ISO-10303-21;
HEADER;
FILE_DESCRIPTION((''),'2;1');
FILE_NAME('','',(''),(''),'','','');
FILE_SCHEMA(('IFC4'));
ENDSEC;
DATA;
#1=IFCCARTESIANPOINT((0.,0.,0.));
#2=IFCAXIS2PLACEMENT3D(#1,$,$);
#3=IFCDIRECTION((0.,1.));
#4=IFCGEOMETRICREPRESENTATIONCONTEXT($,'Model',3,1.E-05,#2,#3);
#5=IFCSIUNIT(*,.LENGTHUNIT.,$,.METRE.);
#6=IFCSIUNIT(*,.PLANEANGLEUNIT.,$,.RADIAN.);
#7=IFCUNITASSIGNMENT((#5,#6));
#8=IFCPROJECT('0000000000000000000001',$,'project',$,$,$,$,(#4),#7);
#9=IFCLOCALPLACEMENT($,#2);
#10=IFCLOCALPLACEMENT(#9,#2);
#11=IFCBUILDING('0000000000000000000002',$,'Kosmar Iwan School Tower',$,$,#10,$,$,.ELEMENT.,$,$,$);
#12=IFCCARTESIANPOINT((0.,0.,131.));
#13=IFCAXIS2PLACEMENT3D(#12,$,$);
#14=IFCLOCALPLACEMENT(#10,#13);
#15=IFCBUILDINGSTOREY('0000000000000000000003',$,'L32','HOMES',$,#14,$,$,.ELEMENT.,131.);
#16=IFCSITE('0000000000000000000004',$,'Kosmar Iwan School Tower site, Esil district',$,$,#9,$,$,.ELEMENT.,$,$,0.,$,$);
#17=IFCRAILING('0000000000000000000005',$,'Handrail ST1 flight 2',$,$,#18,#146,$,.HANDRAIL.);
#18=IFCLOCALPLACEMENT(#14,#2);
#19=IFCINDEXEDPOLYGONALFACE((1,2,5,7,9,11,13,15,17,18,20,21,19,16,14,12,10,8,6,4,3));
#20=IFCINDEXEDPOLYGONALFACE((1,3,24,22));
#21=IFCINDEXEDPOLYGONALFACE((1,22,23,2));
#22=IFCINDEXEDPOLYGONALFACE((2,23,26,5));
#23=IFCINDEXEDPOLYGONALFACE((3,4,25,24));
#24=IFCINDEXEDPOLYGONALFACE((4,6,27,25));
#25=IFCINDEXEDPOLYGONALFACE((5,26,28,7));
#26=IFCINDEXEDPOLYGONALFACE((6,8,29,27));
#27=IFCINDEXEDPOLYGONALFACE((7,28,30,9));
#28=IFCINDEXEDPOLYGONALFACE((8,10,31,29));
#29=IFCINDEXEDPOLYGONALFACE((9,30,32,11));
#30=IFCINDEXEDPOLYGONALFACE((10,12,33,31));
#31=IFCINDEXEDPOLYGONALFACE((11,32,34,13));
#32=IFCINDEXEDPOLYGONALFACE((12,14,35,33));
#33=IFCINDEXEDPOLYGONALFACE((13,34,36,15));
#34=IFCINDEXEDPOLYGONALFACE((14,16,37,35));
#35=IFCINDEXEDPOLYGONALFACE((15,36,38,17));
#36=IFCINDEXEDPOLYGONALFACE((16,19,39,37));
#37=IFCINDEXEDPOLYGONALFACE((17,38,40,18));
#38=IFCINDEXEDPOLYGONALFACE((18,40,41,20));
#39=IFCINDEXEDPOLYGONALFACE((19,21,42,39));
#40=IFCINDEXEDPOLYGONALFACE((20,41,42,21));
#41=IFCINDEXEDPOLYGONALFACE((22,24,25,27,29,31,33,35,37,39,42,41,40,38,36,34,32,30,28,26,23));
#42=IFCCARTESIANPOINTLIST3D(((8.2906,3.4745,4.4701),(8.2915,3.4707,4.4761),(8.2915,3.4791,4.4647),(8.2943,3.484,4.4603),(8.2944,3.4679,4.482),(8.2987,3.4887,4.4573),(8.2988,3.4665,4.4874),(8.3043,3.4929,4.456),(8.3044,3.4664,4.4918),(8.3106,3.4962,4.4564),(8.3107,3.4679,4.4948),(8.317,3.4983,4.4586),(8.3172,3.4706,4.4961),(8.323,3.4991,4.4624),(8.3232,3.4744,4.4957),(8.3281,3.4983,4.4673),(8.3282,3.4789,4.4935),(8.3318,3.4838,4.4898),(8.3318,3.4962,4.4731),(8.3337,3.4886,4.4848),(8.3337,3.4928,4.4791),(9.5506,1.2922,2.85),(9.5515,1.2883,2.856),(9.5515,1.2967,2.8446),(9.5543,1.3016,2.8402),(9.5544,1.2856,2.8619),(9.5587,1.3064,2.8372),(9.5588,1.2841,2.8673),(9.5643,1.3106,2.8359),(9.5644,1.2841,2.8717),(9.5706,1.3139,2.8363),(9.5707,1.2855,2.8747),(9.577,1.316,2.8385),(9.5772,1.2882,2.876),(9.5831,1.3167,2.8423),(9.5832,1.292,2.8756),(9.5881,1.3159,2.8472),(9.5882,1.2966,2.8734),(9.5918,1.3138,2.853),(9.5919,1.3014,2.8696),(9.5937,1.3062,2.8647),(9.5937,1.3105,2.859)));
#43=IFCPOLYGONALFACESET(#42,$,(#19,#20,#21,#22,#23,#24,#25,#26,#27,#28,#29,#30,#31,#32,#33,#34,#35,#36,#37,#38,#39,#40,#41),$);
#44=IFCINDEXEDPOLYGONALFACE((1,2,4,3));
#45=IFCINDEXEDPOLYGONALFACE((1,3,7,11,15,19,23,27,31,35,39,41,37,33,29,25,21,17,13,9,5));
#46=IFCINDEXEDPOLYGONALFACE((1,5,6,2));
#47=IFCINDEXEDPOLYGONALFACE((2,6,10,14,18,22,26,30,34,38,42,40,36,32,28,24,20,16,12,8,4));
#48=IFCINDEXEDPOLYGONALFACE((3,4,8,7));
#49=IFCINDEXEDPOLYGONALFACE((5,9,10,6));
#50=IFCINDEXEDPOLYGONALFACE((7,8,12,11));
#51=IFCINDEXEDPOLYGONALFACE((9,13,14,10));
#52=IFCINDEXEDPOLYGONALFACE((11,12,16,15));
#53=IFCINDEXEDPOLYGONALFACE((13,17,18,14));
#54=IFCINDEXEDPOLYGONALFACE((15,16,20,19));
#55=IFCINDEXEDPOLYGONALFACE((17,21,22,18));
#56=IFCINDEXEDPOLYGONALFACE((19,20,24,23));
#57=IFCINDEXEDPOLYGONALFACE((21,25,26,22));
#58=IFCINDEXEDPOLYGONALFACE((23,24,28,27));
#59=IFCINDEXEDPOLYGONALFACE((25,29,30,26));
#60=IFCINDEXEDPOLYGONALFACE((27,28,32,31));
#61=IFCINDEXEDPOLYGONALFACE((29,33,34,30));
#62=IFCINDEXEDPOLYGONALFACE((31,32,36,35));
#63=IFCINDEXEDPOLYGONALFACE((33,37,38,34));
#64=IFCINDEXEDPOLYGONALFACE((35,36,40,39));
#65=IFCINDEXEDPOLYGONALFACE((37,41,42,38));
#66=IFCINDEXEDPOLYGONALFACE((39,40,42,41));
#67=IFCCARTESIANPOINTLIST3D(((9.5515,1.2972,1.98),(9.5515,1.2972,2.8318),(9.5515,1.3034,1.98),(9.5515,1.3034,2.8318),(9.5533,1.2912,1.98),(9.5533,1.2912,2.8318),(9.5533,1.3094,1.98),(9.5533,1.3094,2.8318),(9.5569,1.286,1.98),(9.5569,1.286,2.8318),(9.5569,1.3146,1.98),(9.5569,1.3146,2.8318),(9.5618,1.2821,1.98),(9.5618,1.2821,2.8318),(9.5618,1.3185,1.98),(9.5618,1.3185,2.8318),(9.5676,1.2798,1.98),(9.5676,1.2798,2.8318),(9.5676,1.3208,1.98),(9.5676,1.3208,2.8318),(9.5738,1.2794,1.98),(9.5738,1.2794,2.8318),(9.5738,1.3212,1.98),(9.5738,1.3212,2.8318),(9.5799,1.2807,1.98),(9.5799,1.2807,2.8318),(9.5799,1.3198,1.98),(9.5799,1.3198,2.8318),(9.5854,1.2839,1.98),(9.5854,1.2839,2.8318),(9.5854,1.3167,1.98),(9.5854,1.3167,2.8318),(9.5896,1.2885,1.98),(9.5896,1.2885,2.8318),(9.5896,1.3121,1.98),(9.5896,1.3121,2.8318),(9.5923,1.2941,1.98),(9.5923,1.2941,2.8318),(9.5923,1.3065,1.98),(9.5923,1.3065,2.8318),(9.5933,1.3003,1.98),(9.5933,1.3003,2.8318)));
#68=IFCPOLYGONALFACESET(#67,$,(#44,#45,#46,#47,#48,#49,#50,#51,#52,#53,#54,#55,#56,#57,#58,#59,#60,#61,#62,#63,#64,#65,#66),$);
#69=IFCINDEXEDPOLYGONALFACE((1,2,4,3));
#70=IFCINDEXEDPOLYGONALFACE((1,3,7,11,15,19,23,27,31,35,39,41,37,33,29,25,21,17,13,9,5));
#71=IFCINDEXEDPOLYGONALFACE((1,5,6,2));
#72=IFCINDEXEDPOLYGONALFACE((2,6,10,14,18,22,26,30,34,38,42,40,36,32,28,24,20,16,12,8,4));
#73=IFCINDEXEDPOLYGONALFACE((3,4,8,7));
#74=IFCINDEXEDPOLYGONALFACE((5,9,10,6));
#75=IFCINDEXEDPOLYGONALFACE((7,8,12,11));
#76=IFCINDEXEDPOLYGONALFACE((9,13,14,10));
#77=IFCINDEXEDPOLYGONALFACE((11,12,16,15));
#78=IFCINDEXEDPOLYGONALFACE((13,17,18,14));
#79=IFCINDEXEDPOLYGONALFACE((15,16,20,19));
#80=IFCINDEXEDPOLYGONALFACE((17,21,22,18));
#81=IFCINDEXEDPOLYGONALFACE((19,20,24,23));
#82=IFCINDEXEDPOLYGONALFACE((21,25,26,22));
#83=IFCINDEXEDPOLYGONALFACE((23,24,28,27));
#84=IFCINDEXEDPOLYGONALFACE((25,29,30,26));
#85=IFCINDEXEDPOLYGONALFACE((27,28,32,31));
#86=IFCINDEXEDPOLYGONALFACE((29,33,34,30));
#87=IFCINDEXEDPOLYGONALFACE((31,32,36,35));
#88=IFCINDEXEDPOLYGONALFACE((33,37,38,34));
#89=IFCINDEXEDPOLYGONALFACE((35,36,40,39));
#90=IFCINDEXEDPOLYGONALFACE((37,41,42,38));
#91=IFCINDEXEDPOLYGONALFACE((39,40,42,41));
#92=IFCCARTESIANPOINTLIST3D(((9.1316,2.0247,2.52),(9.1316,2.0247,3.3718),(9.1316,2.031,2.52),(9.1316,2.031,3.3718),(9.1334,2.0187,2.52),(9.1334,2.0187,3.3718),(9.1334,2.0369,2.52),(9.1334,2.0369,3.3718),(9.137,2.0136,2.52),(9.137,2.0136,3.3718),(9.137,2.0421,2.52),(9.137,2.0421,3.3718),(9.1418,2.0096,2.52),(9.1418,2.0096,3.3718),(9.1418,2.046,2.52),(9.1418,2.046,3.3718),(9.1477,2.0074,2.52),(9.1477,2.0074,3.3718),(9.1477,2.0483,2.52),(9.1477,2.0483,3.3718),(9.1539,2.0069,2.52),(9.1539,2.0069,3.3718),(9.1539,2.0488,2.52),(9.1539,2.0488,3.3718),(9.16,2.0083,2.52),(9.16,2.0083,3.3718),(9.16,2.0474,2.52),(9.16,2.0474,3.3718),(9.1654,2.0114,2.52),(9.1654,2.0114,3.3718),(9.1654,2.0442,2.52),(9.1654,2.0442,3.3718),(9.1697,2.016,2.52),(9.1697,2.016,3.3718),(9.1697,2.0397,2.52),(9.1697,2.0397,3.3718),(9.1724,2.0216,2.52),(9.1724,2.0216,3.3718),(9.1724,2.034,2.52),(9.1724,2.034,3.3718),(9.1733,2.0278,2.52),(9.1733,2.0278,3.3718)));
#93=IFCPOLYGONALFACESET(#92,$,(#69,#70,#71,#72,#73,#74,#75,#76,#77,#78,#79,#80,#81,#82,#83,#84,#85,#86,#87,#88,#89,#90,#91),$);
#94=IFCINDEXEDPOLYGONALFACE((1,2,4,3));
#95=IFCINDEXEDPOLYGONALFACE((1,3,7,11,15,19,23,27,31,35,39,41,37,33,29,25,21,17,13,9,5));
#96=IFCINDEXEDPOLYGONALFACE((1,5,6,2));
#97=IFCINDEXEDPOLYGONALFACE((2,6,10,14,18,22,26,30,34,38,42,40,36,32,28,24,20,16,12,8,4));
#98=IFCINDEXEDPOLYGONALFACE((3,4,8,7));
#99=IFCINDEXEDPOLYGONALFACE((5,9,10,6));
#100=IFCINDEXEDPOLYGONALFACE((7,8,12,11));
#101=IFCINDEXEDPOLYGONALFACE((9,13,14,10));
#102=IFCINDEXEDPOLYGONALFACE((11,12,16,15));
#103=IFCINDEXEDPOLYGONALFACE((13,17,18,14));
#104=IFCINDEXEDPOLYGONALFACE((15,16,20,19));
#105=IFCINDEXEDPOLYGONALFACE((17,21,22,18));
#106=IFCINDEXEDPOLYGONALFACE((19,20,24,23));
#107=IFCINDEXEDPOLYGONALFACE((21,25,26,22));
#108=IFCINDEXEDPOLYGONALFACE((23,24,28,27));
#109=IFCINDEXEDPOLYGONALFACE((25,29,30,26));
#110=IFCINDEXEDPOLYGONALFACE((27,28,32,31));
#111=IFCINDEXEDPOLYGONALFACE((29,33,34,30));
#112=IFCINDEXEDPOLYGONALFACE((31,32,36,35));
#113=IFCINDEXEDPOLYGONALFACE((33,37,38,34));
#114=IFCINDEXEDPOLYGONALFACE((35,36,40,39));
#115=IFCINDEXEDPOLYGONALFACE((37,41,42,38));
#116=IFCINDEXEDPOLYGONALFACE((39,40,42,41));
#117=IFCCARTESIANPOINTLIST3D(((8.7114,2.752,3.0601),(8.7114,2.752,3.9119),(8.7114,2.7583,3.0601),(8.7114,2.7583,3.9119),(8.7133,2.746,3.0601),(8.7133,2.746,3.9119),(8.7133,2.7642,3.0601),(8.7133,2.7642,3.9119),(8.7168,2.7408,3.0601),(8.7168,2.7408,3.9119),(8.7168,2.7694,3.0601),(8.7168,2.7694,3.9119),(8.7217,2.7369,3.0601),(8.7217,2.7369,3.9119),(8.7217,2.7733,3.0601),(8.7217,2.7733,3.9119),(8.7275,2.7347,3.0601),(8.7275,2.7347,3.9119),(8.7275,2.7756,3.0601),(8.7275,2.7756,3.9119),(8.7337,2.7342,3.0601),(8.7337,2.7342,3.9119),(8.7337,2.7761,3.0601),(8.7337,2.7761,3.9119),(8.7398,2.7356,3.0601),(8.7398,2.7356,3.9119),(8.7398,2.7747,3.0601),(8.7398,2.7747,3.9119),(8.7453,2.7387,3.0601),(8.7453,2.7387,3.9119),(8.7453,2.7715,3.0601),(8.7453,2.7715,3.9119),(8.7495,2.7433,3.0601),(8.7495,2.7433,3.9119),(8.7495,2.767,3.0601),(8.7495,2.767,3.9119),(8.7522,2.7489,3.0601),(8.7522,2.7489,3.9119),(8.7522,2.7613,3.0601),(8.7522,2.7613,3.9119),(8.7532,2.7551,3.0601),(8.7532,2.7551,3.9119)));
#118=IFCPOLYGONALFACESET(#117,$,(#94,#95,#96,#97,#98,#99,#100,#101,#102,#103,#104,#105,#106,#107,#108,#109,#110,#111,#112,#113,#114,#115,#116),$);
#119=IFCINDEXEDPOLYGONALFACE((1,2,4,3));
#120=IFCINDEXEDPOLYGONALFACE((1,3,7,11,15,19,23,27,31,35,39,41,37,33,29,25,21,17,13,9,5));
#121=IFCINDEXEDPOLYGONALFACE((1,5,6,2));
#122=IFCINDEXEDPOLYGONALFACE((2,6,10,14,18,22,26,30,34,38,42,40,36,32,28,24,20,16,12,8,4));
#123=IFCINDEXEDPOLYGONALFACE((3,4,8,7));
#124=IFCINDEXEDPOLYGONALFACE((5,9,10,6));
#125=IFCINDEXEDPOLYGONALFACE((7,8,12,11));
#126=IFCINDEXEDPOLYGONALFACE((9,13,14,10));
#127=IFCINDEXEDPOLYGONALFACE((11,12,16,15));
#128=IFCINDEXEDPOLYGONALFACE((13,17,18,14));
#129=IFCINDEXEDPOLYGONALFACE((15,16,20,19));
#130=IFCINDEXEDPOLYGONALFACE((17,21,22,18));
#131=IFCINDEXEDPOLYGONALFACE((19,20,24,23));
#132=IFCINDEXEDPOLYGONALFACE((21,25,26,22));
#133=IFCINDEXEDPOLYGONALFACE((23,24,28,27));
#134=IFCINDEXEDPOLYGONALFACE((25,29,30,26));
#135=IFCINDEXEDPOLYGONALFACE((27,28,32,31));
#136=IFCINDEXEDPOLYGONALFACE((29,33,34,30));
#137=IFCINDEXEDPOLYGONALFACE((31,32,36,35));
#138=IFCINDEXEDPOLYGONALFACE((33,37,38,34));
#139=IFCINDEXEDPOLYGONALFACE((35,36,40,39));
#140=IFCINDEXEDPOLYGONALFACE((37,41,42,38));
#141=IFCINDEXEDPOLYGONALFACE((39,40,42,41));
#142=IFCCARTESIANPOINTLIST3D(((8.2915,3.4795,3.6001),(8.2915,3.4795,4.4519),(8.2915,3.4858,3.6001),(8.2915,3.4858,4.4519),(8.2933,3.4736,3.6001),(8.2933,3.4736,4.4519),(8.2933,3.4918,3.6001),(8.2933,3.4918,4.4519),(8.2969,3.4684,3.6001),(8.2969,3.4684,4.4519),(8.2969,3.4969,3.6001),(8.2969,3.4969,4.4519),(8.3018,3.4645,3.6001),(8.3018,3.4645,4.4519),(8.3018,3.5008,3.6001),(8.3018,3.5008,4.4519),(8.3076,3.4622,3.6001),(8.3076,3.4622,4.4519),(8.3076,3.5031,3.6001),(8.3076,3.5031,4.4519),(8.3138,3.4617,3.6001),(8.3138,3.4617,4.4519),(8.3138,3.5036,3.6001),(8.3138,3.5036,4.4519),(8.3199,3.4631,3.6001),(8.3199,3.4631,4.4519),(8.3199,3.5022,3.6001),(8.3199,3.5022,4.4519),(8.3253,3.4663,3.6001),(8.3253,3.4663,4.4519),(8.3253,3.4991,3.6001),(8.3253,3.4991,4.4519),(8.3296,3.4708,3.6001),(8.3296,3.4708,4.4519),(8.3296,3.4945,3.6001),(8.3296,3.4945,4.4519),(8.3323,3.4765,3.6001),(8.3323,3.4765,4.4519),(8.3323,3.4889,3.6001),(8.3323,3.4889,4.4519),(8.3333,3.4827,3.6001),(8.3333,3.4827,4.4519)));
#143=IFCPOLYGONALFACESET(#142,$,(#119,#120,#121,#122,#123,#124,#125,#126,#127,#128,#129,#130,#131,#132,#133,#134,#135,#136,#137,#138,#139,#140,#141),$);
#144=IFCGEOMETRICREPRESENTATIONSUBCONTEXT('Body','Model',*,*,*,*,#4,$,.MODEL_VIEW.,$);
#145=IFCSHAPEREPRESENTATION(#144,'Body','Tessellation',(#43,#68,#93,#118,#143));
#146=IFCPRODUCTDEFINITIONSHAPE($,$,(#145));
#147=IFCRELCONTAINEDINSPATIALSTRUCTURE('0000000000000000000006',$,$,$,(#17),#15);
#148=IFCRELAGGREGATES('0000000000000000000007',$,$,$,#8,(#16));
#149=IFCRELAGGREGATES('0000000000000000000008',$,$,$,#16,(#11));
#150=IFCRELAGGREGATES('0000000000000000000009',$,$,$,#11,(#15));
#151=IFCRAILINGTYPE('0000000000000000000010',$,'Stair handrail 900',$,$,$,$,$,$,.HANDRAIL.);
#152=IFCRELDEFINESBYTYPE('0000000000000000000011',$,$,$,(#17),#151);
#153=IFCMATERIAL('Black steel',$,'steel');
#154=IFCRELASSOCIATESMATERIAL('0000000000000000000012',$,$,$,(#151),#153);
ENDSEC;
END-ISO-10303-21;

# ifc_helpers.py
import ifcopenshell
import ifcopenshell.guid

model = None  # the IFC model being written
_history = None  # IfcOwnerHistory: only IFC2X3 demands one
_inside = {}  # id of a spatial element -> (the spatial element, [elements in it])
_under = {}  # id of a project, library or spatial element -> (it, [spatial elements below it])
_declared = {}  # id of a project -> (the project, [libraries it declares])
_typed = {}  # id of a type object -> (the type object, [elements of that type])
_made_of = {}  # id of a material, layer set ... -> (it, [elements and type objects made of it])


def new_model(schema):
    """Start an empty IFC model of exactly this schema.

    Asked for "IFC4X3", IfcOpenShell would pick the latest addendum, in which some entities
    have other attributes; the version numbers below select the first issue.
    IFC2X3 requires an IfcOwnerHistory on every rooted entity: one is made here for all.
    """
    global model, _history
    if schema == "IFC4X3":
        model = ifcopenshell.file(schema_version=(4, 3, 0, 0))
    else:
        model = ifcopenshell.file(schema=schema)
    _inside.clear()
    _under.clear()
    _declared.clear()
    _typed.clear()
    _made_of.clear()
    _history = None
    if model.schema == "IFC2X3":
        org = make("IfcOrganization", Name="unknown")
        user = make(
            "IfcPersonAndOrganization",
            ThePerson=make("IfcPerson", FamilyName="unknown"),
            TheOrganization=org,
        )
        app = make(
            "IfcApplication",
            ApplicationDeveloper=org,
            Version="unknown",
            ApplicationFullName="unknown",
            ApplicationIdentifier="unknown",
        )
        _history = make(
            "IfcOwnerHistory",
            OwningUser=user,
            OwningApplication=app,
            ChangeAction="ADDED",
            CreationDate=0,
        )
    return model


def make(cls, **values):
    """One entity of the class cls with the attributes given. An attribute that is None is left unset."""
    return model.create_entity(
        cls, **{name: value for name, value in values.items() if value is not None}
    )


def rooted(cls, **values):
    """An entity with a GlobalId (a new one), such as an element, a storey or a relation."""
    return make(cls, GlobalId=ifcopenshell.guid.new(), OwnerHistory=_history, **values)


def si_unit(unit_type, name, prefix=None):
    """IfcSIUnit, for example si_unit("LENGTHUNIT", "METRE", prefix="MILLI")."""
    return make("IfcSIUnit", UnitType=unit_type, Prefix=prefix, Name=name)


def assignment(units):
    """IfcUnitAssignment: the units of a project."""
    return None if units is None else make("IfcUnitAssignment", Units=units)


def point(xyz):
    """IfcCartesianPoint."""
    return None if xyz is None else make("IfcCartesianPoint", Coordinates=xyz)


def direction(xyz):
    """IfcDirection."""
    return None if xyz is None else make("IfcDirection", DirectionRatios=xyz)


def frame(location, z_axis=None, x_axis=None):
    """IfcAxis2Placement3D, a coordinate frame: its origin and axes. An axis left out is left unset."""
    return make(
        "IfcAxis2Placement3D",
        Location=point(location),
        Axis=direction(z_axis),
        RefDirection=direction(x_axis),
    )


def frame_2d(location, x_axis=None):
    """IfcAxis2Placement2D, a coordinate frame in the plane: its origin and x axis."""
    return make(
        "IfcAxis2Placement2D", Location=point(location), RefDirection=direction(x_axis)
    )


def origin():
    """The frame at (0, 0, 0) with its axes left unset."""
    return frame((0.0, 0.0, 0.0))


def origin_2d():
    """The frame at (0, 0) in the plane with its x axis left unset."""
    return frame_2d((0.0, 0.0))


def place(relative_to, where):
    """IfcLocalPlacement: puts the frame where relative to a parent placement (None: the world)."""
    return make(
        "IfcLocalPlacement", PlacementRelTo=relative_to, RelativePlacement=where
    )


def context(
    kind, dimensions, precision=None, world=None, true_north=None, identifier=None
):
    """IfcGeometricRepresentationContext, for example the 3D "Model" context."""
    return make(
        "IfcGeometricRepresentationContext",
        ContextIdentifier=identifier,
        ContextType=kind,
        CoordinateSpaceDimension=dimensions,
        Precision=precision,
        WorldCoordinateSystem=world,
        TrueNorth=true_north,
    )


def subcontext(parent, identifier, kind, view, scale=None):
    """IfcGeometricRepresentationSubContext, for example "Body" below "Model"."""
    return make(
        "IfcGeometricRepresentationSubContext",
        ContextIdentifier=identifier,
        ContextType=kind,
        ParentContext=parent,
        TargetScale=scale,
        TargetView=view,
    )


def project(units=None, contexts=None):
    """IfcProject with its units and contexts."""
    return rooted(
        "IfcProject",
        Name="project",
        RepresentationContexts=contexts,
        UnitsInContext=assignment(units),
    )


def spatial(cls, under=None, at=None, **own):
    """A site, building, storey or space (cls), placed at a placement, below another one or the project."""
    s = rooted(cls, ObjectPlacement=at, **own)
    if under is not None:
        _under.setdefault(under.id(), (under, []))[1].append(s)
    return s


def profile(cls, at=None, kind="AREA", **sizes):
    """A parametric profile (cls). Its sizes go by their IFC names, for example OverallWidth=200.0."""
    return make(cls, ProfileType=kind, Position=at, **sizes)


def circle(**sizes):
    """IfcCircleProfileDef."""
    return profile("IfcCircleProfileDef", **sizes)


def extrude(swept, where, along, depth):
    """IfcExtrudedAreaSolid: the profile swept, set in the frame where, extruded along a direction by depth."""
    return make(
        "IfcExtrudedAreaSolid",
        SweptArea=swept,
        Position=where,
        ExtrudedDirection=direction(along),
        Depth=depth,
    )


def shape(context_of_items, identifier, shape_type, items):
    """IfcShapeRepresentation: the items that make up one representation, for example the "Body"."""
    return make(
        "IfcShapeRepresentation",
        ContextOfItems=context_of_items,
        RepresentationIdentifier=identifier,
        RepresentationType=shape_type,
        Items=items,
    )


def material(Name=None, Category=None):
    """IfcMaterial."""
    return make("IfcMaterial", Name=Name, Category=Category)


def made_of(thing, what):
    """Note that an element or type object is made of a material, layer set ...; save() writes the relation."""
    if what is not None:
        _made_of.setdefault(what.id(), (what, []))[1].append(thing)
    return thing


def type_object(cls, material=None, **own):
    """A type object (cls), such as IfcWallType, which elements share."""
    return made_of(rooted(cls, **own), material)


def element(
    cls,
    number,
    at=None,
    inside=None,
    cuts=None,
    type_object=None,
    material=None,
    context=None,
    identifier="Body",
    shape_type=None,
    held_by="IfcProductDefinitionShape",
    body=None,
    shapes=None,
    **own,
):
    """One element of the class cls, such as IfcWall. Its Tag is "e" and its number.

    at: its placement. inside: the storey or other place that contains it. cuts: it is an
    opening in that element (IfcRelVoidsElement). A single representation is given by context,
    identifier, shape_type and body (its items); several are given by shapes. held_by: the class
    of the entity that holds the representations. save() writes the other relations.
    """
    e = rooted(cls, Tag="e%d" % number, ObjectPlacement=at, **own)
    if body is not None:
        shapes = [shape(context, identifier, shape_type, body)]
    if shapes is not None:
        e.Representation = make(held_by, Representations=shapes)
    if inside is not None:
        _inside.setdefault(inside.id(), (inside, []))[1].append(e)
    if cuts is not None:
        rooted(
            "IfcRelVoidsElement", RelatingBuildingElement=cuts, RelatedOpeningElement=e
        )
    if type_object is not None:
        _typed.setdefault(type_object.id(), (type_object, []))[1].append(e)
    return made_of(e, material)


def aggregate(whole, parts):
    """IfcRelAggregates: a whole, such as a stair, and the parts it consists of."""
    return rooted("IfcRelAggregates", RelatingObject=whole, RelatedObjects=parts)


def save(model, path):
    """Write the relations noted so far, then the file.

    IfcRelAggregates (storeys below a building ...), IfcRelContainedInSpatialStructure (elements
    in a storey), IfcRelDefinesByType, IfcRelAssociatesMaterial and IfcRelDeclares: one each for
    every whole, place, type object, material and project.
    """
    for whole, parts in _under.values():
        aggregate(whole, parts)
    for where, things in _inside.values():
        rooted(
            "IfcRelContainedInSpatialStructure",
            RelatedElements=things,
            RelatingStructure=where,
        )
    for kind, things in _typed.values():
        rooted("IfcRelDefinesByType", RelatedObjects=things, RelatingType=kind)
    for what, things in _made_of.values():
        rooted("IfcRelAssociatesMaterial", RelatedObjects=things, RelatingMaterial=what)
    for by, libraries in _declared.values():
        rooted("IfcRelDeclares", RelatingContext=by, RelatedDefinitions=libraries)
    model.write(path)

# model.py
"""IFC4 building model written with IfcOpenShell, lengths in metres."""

from ifc_helpers import new_model, si_unit, direction, frame, origin, origin_2d, place, context, subcontext, project, spatial, circle, extrude, material, type_object, element, save


model = new_model("IFC4")

# Units and contexts
model_context = context("Model", 3, precision=1e-05, world=origin(), true_north=direction((0.0, 1.0)))
body_context = subcontext(model_context, "Body", "Model", "MODEL_VIEW")
ifc_project = project(units=[si_unit("LENGTHUNIT", "METRE"), si_unit("PLANEANGLEUNIT", "RADIAN")], contexts=[model_context])

# Site, building, storey
site_placement = place(None, origin())
site = spatial("IfcSite", under=ifc_project, at=site_placement, Name="Kosmar Iwan School Tower site, Esil district", CompositionType="ELEMENT", RefElevation=0.0)
building_placement = place(site_placement, origin())
building = spatial("IfcBuilding", under=site, at=building_placement, Name="Kosmar Iwan School Tower", CompositionType="ELEMENT")
storey_placement = place(building_placement, frame((0.0, 0.0, 131.0)))
storey = spatial("IfcBuildingStorey", under=building, at=storey_placement, Name="L32", Description="HOMES", CompositionType="ELEMENT", Elevation=131.0)

# Railing
ifc_material_1 = material(Name="Black steel", Category="steel")
railing_type = type_object("IfcRailingType", Name="Stair handrail 900", PredefinedType="HANDRAIL", material=ifc_material_1)
railing_placement = place(storey_placement, frame((9.5723, 1.3003, 1.98)))
element("IfcRailing", 1, at=railing_placement, inside=storey, type_object=railing_type, Name="Handrail ST1 flight 2", PredefinedType="HANDRAIL", context=body_context, shape_type="SweptSolid", body=[
    extrude(circle(Radius=0.0239, at=origin_2d()), frame((0.0, 0.0, 0.876), z_axis=(-0.420584, 0.728464, 0.540786), x_axis=(-0.866023, -0.500005, 0.0)), (0.0, 0.0, 1.0), 2.9958),
    extrude(circle(Radius=0.021, at=origin_2d()), origin(), (0.0, 0.0, 1.0), 0.8518),
    extrude(circle(Radius=0.021, at=origin_2d()), frame((-0.4199, 0.7275, 0.54)), (0.0, 0.0, 1.0), 0.8518),
    extrude(circle(Radius=0.021, at=origin_2d()), frame((-0.8401, 1.4548, 1.0801)), (0.0, 0.0, 1.0), 0.8518),
    extrude(circle(Radius=0.021, at=origin_2d()), frame((-1.26, 2.1824, 1.6201)), (0.0, 0.0, 1.0), 0.8518),
])

save(model, "model.ifc")
